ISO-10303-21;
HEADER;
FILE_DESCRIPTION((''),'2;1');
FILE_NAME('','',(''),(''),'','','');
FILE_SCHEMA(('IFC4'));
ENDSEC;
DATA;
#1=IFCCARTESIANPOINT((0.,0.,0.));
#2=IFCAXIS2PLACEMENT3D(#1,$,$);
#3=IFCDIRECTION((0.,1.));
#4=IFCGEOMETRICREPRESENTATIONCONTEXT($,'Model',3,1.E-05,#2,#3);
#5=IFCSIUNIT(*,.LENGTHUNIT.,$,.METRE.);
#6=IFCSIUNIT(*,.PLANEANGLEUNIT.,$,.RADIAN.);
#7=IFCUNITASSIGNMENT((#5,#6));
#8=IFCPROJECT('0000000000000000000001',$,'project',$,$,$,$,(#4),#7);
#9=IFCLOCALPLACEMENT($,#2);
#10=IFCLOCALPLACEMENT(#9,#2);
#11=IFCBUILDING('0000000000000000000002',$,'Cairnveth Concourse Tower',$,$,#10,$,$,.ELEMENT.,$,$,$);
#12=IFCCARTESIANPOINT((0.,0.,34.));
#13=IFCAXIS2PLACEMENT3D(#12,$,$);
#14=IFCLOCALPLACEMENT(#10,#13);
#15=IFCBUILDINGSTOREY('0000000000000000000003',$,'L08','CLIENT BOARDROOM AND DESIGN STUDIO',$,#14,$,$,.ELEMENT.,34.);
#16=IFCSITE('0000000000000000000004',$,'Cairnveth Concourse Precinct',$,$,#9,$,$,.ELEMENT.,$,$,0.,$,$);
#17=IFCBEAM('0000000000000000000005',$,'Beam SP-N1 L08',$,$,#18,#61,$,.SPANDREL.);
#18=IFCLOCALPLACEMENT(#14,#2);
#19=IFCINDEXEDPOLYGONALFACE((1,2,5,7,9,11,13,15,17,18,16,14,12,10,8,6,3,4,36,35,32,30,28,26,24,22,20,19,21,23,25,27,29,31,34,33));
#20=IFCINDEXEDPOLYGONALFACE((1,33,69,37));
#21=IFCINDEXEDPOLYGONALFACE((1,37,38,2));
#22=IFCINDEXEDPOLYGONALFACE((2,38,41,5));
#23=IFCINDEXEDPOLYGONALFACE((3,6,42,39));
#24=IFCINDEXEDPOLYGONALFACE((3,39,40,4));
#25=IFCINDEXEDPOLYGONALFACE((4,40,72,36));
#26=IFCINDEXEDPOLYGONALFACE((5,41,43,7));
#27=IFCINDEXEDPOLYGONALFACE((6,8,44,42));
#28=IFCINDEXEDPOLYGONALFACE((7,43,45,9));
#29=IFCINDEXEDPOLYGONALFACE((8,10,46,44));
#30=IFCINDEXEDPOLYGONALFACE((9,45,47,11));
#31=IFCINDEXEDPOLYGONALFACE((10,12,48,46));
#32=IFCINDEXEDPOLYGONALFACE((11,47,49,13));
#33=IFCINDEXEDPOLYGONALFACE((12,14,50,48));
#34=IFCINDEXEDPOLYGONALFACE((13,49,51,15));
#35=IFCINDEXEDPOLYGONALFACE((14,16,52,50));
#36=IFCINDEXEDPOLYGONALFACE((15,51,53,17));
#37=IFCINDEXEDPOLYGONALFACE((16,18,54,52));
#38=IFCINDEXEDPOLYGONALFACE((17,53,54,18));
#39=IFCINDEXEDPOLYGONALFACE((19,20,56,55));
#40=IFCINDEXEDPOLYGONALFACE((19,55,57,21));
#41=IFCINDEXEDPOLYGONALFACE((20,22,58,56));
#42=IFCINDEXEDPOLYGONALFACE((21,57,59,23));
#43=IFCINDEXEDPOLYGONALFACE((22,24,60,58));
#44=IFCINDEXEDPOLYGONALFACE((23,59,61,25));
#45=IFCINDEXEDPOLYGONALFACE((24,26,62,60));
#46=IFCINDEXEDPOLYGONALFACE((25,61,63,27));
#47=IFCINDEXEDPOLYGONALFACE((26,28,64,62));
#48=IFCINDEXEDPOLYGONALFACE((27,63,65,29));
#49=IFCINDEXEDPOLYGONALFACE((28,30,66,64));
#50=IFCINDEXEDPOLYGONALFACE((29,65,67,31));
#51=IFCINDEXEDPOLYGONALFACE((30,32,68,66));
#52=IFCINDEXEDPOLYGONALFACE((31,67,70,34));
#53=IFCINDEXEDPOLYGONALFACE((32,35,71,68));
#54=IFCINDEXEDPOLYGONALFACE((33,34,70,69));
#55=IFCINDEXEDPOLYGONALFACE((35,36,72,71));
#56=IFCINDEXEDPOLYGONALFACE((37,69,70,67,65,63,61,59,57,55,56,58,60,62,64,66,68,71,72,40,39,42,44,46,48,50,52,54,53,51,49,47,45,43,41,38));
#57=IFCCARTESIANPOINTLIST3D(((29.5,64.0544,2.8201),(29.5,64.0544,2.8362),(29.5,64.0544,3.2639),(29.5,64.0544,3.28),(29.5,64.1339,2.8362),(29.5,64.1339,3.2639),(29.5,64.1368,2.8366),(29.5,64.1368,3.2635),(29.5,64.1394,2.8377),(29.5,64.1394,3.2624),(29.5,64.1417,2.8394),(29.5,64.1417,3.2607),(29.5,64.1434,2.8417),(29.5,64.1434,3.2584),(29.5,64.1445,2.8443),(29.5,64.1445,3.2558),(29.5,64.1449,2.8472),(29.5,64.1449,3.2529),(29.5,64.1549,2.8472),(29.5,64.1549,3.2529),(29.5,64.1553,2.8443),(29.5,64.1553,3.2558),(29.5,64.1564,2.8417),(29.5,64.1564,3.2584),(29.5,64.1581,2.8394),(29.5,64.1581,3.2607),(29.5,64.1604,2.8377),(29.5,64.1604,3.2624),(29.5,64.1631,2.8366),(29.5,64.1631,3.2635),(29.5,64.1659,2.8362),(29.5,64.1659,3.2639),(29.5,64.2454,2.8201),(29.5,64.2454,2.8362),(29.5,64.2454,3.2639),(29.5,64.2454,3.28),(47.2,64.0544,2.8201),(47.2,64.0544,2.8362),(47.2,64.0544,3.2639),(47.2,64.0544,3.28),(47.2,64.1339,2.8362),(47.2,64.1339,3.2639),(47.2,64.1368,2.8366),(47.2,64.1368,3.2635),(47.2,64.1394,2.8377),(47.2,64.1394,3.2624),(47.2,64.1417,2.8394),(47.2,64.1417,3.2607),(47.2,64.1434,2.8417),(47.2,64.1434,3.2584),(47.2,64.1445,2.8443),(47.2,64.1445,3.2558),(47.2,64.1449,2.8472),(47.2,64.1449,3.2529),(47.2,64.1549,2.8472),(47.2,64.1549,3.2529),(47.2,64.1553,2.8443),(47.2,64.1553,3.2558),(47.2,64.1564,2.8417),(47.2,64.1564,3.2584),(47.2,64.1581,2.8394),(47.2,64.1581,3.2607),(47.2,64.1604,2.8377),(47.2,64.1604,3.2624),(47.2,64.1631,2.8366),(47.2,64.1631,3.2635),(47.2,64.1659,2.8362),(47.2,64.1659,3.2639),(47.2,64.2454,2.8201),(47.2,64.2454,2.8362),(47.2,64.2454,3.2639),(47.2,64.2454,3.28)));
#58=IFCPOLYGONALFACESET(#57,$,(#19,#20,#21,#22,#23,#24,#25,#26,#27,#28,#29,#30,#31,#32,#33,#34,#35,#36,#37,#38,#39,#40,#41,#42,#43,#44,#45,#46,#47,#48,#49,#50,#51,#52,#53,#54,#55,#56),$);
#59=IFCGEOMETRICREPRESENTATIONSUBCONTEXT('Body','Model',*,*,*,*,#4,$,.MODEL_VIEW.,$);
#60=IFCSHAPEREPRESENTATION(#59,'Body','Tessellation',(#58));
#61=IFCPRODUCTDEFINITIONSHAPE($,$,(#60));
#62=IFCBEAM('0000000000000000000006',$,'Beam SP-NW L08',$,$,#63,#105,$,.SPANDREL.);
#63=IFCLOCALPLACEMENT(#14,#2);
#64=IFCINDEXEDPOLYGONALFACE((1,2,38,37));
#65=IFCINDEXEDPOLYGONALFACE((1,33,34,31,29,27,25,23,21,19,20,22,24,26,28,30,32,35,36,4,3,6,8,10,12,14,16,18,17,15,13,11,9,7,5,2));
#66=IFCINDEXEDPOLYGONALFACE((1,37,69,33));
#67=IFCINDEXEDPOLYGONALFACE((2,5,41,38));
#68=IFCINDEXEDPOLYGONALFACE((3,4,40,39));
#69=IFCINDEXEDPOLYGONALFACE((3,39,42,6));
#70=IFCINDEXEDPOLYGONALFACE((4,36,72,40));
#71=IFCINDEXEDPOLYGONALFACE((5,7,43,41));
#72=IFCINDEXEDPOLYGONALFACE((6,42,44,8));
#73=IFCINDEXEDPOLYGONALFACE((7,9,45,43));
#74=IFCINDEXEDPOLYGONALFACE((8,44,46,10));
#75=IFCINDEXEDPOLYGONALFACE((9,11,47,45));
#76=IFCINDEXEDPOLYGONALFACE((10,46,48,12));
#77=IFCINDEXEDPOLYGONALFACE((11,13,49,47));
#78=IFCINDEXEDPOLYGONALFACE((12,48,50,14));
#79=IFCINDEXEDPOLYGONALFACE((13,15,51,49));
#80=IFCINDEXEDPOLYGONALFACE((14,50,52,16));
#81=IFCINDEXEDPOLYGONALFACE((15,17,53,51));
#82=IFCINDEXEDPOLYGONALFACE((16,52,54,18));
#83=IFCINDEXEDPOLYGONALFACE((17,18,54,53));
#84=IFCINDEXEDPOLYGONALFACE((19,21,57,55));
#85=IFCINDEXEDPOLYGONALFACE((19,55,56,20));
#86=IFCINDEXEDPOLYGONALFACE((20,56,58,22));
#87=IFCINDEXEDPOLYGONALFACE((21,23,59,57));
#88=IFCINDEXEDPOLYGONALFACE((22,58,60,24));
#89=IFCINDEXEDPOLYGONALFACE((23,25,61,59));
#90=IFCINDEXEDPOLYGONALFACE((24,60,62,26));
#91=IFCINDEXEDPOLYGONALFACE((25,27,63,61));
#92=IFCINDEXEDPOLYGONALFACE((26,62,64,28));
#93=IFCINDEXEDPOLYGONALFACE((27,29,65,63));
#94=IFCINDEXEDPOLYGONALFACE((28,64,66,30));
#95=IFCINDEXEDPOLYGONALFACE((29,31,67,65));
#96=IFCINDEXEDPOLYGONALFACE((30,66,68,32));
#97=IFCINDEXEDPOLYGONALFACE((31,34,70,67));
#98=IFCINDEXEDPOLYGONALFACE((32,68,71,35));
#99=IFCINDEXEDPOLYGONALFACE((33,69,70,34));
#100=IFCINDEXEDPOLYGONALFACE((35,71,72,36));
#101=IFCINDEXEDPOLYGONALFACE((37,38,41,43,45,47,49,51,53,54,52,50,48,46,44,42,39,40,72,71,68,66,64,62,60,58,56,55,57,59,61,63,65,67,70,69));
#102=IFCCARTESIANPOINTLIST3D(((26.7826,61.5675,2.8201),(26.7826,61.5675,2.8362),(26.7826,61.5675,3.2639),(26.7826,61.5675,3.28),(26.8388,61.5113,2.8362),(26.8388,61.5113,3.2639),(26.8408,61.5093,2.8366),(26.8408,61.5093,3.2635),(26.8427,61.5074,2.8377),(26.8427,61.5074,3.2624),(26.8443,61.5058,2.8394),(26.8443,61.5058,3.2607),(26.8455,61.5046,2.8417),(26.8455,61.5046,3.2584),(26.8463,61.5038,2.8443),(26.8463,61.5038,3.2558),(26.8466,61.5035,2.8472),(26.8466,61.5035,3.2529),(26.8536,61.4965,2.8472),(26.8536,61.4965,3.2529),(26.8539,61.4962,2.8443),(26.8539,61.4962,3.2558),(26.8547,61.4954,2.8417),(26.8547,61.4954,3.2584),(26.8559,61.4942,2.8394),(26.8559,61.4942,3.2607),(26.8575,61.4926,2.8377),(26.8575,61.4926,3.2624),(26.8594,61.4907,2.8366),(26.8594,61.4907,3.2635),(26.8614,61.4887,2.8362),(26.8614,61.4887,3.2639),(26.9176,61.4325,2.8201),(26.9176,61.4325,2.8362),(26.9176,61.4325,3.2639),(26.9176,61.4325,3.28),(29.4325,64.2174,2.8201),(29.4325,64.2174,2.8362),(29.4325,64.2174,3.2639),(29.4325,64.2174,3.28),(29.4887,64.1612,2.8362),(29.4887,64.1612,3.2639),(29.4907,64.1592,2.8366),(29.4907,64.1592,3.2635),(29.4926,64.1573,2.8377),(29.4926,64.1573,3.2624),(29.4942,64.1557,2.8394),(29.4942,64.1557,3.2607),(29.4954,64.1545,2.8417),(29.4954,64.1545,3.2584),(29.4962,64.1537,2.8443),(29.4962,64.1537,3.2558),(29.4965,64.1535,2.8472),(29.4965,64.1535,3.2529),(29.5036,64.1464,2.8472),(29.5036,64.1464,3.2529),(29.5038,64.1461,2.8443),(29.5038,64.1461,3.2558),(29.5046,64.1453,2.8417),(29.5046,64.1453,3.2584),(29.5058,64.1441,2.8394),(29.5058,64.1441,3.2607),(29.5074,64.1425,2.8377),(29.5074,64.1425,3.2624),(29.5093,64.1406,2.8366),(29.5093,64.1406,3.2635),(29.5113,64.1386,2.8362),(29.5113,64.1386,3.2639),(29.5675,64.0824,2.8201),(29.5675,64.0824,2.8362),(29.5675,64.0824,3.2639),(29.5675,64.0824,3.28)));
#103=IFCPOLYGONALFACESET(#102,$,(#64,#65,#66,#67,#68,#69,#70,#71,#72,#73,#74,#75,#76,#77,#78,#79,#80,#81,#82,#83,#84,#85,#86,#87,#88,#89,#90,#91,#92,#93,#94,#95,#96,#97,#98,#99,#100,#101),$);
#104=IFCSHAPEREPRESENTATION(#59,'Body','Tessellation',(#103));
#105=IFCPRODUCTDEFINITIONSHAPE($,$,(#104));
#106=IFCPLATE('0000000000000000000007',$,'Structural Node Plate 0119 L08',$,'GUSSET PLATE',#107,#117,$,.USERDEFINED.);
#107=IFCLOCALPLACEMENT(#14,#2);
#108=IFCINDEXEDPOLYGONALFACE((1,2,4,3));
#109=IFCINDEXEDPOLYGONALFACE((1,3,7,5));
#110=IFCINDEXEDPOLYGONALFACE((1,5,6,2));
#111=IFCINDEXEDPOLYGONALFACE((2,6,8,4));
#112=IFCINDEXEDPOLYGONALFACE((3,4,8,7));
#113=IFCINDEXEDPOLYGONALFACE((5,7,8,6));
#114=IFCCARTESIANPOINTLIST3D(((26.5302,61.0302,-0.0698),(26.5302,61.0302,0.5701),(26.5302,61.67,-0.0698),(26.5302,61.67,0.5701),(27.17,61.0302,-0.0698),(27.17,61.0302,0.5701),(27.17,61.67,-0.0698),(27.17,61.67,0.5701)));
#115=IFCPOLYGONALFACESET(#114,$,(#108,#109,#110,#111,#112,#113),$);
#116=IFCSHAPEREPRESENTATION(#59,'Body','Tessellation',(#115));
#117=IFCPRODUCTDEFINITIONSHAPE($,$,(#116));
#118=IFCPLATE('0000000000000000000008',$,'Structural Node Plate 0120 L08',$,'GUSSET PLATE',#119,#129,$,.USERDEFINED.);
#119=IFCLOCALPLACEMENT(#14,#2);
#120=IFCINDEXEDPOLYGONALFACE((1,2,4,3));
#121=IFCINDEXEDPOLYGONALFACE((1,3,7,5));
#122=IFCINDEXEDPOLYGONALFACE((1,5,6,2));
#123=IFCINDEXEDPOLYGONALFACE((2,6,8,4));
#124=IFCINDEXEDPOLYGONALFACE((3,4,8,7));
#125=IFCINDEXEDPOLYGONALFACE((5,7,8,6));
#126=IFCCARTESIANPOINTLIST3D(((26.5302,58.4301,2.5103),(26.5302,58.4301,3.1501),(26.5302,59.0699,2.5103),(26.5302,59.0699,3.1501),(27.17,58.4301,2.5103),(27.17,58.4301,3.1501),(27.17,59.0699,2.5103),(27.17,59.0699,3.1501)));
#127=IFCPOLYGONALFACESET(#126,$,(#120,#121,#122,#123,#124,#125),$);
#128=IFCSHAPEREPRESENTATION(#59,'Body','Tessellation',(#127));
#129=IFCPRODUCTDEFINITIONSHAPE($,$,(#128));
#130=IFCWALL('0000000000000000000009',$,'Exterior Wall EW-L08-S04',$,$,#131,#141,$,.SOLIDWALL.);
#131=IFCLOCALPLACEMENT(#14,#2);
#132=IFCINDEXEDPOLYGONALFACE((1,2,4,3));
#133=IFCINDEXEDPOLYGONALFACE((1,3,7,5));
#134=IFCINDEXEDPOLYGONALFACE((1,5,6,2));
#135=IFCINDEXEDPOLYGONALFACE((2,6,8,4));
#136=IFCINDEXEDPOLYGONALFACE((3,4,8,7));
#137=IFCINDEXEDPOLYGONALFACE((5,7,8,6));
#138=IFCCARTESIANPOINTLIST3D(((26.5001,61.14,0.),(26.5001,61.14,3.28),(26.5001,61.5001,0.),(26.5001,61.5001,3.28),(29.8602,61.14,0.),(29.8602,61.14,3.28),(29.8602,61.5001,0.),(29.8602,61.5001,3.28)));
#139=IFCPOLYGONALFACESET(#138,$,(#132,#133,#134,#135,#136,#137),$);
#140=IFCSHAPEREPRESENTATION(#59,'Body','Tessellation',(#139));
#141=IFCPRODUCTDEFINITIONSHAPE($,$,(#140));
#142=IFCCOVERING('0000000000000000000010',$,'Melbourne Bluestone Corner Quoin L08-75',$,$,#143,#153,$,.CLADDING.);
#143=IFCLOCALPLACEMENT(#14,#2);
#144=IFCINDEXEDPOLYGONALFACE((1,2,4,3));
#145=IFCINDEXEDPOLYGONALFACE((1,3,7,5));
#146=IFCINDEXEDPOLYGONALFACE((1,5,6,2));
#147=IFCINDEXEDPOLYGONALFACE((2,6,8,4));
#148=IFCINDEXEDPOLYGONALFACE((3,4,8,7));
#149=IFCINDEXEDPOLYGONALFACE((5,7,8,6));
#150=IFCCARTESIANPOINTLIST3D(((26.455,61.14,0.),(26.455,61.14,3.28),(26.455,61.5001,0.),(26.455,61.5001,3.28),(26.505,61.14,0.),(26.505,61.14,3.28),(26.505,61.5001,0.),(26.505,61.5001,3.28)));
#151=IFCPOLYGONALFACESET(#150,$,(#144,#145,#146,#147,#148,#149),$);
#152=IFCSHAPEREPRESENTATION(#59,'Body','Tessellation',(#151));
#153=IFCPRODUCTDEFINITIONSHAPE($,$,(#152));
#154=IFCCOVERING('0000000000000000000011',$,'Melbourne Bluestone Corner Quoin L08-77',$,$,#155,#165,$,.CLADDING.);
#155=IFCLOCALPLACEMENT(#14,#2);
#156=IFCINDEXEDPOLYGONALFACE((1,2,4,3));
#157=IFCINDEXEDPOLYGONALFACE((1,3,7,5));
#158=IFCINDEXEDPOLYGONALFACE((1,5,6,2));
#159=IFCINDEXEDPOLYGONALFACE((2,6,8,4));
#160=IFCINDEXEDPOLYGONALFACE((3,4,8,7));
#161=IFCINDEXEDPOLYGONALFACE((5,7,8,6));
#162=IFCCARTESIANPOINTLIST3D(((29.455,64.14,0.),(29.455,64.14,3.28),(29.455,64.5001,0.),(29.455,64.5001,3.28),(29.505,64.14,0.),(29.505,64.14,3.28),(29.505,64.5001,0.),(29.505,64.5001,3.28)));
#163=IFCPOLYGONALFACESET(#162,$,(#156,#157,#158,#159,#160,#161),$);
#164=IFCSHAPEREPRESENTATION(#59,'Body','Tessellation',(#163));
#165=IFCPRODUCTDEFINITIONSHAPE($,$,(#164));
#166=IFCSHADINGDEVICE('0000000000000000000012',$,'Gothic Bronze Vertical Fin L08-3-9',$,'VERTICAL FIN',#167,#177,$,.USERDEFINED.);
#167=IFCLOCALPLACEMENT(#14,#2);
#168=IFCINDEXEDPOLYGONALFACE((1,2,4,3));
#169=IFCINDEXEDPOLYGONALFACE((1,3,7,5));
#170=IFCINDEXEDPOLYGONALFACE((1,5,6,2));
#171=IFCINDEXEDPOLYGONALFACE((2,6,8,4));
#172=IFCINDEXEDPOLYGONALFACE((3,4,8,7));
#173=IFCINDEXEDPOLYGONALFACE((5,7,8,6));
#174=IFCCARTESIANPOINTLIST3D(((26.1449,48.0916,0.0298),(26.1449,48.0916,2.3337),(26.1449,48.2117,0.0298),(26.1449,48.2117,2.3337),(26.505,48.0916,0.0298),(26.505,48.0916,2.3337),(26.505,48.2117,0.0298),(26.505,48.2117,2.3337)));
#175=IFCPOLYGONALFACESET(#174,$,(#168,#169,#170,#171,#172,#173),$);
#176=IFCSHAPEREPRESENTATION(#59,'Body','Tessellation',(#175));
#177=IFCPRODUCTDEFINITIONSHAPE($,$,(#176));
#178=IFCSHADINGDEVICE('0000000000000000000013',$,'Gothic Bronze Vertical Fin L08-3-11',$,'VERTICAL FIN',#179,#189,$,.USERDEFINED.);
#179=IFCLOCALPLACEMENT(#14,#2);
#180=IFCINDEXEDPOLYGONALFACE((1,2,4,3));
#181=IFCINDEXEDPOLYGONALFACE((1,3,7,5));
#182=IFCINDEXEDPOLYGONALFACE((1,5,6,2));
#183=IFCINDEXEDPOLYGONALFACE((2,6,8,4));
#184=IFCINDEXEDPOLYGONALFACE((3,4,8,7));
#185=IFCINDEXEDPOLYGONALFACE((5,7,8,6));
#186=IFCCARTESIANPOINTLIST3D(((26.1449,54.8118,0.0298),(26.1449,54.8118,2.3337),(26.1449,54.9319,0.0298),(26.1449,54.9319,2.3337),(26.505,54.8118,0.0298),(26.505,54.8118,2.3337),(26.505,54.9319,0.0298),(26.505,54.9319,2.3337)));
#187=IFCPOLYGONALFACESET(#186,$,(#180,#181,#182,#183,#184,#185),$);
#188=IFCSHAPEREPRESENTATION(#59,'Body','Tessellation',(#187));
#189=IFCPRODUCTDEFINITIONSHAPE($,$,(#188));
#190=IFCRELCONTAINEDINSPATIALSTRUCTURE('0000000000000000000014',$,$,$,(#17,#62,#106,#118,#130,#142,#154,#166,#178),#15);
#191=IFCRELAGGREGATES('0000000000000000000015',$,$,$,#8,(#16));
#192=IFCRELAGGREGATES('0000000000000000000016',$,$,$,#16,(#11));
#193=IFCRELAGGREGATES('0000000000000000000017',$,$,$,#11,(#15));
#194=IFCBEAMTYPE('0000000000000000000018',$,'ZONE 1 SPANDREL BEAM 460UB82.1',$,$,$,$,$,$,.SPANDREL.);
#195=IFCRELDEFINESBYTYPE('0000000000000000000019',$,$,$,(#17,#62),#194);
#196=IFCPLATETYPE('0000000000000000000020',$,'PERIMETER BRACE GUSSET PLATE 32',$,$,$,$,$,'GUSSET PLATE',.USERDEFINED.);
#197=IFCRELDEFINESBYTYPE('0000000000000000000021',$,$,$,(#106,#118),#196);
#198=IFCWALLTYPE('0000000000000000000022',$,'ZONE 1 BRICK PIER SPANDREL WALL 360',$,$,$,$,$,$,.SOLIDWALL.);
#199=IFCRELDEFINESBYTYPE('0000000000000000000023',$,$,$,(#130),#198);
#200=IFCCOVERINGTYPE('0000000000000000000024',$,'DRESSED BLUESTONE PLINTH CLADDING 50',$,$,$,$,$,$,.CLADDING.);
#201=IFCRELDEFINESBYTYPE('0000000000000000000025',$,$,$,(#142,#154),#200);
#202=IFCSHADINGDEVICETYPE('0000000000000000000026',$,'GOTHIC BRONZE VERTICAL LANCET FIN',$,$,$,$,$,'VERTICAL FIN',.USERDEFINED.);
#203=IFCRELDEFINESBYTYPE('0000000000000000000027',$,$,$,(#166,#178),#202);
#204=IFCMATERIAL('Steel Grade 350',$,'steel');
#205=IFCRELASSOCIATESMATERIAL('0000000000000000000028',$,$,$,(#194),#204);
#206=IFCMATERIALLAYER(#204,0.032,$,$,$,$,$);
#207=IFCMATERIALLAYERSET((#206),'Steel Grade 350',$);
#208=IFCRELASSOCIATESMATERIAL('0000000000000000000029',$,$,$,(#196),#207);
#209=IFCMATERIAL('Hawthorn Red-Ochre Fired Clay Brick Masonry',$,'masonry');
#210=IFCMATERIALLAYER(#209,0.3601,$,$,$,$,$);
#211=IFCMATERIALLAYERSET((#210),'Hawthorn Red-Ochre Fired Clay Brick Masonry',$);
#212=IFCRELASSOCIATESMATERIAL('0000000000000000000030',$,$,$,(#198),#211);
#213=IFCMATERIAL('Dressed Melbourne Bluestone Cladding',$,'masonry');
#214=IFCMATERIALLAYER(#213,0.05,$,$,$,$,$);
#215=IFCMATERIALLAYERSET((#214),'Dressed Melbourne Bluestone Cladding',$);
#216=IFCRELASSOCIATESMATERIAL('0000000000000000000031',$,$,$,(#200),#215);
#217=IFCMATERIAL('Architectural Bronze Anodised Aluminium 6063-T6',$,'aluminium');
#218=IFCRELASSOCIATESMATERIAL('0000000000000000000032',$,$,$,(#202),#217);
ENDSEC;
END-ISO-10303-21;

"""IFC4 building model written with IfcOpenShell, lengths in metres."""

from ifc_helpers import new_model, si_unit, direction, frame, frame_2d, origin, origin_2d, place, context, subcontext, project, spatial, rectangle, i_section, extrude, material, layer, layer_set, material_profile, profile_set, type_object, element, save


model = new_model("IFC4")

# Units and contexts
model_context = context("Model", 3, precision=1e-05, world=origin(), true_north=direction((0.0, 1.0)))
body_context = subcontext(model_context, "Body", "Model", "MODEL_VIEW")
ifc_project = project(units=[si_unit("LENGTHUNIT", "METRE"), si_unit("PLANEANGLEUNIT", "RADIAN")], contexts=[model_context])

# Site, building, storey
site_placement = place(None, origin())
site = spatial("IfcSite", under=ifc_project, at=site_placement, Name="Cairnveth Concourse Precinct", CompositionType="ELEMENT", RefElevation=0.0)
building_placement = place(site_placement, origin())
building = spatial("IfcBuilding", under=site, at=building_placement, Name="Cairnveth Concourse Tower", CompositionType="ELEMENT")
storey_placement = place(building_placement, frame((0.0, 0.0, 34.0)))
storey = spatial("IfcBuildingStorey", under=building, at=storey_placement, Name="L08", Description="CLIENT BOARDROOM AND DESIGN STUDIO", CompositionType="ELEMENT", Elevation=34.0)

# Shared definitions
ifc_material_1 = material(Name="Steel Grade 350", Category="steel")

# Beams
ifc_material_profile_1 = material_profile(ifc_material_1, i_section(OverallWidth=0.1909, OverallDepth=0.46, WebThickness=0.01, FlangeThickness=0.0161, FilletRadius=0.011, at=origin_2d()), Name="460UB82.1")
ifc_profile_set_1 = profile_set([ifc_material_profile_1], Name="Steel Grade 350")
beam_type_1 = type_object("IfcBeamType", Name="ZONE 1 SPANDREL BEAM 460UB82.1", PredefinedType="SPANDREL", material=ifc_profile_set_1)
beam_1_placement = place(storey_placement, frame((29.5, 64.1499, 3.05), z_axis=(1.0, 0.0, 0.0), x_axis=(0.0, 1.0, 0.0)))
element("IfcBeam", 1, at=beam_1_placement, inside=storey, type_object=beam_type_1, Name="Beam SP-N1 L08", PredefinedType="SPANDREL", context=body_context, shape_type="SweptSolid", body=[
    extrude(i_section(OverallWidth=0.1909, OverallDepth=0.46, WebThickness=0.01, FlangeThickness=0.0161, FilletRadius=0.011, at=origin_2d()), origin(), (0.0, 0.0, 1.0), 17.7),
])
beam_2_placement = place(storey_placement, frame((26.8501, 61.5, 3.05), z_axis=(0.707107, 0.707107, 0.0), x_axis=(-0.707107, 0.707107, 0.0)))
element("IfcBeam", 2, at=beam_2_placement, inside=storey, type_object=beam_type_1, Name="Beam SP-NW L08", PredefinedType="SPANDREL", context=body_context, shape_type="SweptSolid", body=[
    extrude(i_section(OverallWidth=0.1909, OverallDepth=0.46, WebThickness=0.01, FlangeThickness=0.0161, FilletRadius=0.011, at=origin_2d()), origin(), (0.0, 0.0, 1.0), 3.7476),
])

# Plates
ifc_layer_1 = layer(ifc_material_1, 0.032)
ifc_layer_set_1 = layer_set([ifc_layer_1], Name="Steel Grade 350")
plate_type = type_object("IfcPlateType", Name="PERIMETER BRACE GUSSET PLATE 32", ElementType="GUSSET PLATE", PredefinedType="USERDEFINED", material=ifc_layer_set_1)
for number, where, z_axis, x_axis, name in (
    (3, (26.8501, 61.3501, -0.0698), (0.0, 0.0, 1.0), (1.0, 0.0, 0.0), "Structural Node Plate 0119 L08"),
    (4, (26.8501, 58.75, 2.5103), (0.0, 0.0, 1.0), (1.0, 0.0, 0.0), "Structural Node Plate 0120 L08"),
):
    element("IfcPlate", number, at=place(storey_placement, frame(where, z_axis=z_axis, x_axis=x_axis)), inside=storey, type_object=plate_type, Name=name, ObjectType="GUSSET PLATE", PredefinedType="USERDEFINED", context=body_context, shape_type="SweptSolid", body=[
        extrude(rectangle(XDim=0.6399, YDim=0.6399, at=origin_2d()), origin(), (0.0, 0.0, 1.0), 0.6399),
    ])

# Wall
ifc_material_2 = material(Name="Hawthorn Red-Ochre Fired Clay Brick Masonry", Category="masonry")
ifc_layer_2 = layer(ifc_material_2, 0.3601)
ifc_layer_set_2 = layer_set([ifc_layer_2], Name="Hawthorn Red-Ochre Fired Clay Brick Masonry")
wall_type = type_object("IfcWallType", Name="ZONE 1 BRICK PIER SPANDREL WALL 360", PredefinedType="SOLIDWALL", material=ifc_layer_set_2)
wall_1_placement = place(storey_placement, frame((26.5, 61.3201, 0.0), z_axis=(0.0, 0.0, 1.0), x_axis=(1.0, 0.0, 0.0)))
element("IfcWall", 5, at=wall_1_placement, inside=storey, type_object=wall_type, Name="Exterior Wall EW-L08-S04", PredefinedType="SOLIDWALL", context=body_context, shape_type="SweptSolid", body=[
    extrude(rectangle(XDim=3.3601, YDim=0.3601, at=frame_2d((1.6802, 0.0))), origin(), (0.0, 0.0, 1.0), 3.28),
])

# Coverings
ifc_material_3 = material(Name="Dressed Melbourne Bluestone Cladding", Category="masonry")
ifc_layer_3 = layer(ifc_material_3, 0.05)
ifc_layer_set_3 = layer_set([ifc_layer_3], Name="Dressed Melbourne Bluestone Cladding")
covering_type = type_object("IfcCoveringType", Name="DRESSED BLUESTONE PLINTH CLADDING 50", PredefinedType="CLADDING", material=ifc_layer_set_3)
for number, where, z_axis, x_axis, name in (
    (6, (26.48, 61.1399, 0.0), (0.0, 0.0, 1.0), (0.0, 1.0, 0.0), "Melbourne Bluestone Corner Quoin L08-75"),
    (7, (29.48, 64.1399, 0.0), (0.0, 0.0, 1.0), (0.0, 1.0, 0.0), "Melbourne Bluestone Corner Quoin L08-77"),
):
    element("IfcCovering", number, at=place(storey_placement, frame(where, z_axis=z_axis, x_axis=x_axis)), inside=storey, type_object=covering_type, Name=name, PredefinedType="CLADDING", context=body_context, shape_type="SweptSolid", body=[
        extrude(rectangle(XDim=0.3601, YDim=0.05, at=frame_2d((0.1802, 0.0))), origin(), (0.0, 0.0, 1.0), 3.28),
    ])

# Shading devices
ifc_material_4 = material(Name="Architectural Bronze Anodised Aluminium 6063-T6", Category="aluminium")
shading_device_type = type_object("IfcShadingDeviceType", Name="GOTHIC BRONZE VERTICAL LANCET FIN", ElementType="VERTICAL FIN", PredefinedType="USERDEFINED", material=ifc_material_4)
for number, where, z_axis, x_axis, name in (
    (8, (26.325, 48.1516, 0.0298), (0.0, 0.0, 1.0), (0.0, 1.0, 0.0), "Gothic Bronze Vertical Fin L08-3-9"),
    (9, (26.325, 54.8718, 0.0298), (0.0, 0.0, 1.0), (0.0, 1.0, 0.0), "Gothic Bronze Vertical Fin L08-3-11"),
):
    element("IfcShadingDevice", number, at=place(storey_placement, frame(where, z_axis=z_axis, x_axis=x_axis)), inside=storey, type_object=shading_device_type, Name=name, ObjectType="VERTICAL FIN", PredefinedType="USERDEFINED", context=body_context, shape_type="SweptSolid", body=[
        extrude(rectangle(XDim=0.1201, YDim=0.3601, at=origin_2d()), origin(), (0.0, 0.0, 1.0), 2.304),
    ])

save(model, "model.ifc")
